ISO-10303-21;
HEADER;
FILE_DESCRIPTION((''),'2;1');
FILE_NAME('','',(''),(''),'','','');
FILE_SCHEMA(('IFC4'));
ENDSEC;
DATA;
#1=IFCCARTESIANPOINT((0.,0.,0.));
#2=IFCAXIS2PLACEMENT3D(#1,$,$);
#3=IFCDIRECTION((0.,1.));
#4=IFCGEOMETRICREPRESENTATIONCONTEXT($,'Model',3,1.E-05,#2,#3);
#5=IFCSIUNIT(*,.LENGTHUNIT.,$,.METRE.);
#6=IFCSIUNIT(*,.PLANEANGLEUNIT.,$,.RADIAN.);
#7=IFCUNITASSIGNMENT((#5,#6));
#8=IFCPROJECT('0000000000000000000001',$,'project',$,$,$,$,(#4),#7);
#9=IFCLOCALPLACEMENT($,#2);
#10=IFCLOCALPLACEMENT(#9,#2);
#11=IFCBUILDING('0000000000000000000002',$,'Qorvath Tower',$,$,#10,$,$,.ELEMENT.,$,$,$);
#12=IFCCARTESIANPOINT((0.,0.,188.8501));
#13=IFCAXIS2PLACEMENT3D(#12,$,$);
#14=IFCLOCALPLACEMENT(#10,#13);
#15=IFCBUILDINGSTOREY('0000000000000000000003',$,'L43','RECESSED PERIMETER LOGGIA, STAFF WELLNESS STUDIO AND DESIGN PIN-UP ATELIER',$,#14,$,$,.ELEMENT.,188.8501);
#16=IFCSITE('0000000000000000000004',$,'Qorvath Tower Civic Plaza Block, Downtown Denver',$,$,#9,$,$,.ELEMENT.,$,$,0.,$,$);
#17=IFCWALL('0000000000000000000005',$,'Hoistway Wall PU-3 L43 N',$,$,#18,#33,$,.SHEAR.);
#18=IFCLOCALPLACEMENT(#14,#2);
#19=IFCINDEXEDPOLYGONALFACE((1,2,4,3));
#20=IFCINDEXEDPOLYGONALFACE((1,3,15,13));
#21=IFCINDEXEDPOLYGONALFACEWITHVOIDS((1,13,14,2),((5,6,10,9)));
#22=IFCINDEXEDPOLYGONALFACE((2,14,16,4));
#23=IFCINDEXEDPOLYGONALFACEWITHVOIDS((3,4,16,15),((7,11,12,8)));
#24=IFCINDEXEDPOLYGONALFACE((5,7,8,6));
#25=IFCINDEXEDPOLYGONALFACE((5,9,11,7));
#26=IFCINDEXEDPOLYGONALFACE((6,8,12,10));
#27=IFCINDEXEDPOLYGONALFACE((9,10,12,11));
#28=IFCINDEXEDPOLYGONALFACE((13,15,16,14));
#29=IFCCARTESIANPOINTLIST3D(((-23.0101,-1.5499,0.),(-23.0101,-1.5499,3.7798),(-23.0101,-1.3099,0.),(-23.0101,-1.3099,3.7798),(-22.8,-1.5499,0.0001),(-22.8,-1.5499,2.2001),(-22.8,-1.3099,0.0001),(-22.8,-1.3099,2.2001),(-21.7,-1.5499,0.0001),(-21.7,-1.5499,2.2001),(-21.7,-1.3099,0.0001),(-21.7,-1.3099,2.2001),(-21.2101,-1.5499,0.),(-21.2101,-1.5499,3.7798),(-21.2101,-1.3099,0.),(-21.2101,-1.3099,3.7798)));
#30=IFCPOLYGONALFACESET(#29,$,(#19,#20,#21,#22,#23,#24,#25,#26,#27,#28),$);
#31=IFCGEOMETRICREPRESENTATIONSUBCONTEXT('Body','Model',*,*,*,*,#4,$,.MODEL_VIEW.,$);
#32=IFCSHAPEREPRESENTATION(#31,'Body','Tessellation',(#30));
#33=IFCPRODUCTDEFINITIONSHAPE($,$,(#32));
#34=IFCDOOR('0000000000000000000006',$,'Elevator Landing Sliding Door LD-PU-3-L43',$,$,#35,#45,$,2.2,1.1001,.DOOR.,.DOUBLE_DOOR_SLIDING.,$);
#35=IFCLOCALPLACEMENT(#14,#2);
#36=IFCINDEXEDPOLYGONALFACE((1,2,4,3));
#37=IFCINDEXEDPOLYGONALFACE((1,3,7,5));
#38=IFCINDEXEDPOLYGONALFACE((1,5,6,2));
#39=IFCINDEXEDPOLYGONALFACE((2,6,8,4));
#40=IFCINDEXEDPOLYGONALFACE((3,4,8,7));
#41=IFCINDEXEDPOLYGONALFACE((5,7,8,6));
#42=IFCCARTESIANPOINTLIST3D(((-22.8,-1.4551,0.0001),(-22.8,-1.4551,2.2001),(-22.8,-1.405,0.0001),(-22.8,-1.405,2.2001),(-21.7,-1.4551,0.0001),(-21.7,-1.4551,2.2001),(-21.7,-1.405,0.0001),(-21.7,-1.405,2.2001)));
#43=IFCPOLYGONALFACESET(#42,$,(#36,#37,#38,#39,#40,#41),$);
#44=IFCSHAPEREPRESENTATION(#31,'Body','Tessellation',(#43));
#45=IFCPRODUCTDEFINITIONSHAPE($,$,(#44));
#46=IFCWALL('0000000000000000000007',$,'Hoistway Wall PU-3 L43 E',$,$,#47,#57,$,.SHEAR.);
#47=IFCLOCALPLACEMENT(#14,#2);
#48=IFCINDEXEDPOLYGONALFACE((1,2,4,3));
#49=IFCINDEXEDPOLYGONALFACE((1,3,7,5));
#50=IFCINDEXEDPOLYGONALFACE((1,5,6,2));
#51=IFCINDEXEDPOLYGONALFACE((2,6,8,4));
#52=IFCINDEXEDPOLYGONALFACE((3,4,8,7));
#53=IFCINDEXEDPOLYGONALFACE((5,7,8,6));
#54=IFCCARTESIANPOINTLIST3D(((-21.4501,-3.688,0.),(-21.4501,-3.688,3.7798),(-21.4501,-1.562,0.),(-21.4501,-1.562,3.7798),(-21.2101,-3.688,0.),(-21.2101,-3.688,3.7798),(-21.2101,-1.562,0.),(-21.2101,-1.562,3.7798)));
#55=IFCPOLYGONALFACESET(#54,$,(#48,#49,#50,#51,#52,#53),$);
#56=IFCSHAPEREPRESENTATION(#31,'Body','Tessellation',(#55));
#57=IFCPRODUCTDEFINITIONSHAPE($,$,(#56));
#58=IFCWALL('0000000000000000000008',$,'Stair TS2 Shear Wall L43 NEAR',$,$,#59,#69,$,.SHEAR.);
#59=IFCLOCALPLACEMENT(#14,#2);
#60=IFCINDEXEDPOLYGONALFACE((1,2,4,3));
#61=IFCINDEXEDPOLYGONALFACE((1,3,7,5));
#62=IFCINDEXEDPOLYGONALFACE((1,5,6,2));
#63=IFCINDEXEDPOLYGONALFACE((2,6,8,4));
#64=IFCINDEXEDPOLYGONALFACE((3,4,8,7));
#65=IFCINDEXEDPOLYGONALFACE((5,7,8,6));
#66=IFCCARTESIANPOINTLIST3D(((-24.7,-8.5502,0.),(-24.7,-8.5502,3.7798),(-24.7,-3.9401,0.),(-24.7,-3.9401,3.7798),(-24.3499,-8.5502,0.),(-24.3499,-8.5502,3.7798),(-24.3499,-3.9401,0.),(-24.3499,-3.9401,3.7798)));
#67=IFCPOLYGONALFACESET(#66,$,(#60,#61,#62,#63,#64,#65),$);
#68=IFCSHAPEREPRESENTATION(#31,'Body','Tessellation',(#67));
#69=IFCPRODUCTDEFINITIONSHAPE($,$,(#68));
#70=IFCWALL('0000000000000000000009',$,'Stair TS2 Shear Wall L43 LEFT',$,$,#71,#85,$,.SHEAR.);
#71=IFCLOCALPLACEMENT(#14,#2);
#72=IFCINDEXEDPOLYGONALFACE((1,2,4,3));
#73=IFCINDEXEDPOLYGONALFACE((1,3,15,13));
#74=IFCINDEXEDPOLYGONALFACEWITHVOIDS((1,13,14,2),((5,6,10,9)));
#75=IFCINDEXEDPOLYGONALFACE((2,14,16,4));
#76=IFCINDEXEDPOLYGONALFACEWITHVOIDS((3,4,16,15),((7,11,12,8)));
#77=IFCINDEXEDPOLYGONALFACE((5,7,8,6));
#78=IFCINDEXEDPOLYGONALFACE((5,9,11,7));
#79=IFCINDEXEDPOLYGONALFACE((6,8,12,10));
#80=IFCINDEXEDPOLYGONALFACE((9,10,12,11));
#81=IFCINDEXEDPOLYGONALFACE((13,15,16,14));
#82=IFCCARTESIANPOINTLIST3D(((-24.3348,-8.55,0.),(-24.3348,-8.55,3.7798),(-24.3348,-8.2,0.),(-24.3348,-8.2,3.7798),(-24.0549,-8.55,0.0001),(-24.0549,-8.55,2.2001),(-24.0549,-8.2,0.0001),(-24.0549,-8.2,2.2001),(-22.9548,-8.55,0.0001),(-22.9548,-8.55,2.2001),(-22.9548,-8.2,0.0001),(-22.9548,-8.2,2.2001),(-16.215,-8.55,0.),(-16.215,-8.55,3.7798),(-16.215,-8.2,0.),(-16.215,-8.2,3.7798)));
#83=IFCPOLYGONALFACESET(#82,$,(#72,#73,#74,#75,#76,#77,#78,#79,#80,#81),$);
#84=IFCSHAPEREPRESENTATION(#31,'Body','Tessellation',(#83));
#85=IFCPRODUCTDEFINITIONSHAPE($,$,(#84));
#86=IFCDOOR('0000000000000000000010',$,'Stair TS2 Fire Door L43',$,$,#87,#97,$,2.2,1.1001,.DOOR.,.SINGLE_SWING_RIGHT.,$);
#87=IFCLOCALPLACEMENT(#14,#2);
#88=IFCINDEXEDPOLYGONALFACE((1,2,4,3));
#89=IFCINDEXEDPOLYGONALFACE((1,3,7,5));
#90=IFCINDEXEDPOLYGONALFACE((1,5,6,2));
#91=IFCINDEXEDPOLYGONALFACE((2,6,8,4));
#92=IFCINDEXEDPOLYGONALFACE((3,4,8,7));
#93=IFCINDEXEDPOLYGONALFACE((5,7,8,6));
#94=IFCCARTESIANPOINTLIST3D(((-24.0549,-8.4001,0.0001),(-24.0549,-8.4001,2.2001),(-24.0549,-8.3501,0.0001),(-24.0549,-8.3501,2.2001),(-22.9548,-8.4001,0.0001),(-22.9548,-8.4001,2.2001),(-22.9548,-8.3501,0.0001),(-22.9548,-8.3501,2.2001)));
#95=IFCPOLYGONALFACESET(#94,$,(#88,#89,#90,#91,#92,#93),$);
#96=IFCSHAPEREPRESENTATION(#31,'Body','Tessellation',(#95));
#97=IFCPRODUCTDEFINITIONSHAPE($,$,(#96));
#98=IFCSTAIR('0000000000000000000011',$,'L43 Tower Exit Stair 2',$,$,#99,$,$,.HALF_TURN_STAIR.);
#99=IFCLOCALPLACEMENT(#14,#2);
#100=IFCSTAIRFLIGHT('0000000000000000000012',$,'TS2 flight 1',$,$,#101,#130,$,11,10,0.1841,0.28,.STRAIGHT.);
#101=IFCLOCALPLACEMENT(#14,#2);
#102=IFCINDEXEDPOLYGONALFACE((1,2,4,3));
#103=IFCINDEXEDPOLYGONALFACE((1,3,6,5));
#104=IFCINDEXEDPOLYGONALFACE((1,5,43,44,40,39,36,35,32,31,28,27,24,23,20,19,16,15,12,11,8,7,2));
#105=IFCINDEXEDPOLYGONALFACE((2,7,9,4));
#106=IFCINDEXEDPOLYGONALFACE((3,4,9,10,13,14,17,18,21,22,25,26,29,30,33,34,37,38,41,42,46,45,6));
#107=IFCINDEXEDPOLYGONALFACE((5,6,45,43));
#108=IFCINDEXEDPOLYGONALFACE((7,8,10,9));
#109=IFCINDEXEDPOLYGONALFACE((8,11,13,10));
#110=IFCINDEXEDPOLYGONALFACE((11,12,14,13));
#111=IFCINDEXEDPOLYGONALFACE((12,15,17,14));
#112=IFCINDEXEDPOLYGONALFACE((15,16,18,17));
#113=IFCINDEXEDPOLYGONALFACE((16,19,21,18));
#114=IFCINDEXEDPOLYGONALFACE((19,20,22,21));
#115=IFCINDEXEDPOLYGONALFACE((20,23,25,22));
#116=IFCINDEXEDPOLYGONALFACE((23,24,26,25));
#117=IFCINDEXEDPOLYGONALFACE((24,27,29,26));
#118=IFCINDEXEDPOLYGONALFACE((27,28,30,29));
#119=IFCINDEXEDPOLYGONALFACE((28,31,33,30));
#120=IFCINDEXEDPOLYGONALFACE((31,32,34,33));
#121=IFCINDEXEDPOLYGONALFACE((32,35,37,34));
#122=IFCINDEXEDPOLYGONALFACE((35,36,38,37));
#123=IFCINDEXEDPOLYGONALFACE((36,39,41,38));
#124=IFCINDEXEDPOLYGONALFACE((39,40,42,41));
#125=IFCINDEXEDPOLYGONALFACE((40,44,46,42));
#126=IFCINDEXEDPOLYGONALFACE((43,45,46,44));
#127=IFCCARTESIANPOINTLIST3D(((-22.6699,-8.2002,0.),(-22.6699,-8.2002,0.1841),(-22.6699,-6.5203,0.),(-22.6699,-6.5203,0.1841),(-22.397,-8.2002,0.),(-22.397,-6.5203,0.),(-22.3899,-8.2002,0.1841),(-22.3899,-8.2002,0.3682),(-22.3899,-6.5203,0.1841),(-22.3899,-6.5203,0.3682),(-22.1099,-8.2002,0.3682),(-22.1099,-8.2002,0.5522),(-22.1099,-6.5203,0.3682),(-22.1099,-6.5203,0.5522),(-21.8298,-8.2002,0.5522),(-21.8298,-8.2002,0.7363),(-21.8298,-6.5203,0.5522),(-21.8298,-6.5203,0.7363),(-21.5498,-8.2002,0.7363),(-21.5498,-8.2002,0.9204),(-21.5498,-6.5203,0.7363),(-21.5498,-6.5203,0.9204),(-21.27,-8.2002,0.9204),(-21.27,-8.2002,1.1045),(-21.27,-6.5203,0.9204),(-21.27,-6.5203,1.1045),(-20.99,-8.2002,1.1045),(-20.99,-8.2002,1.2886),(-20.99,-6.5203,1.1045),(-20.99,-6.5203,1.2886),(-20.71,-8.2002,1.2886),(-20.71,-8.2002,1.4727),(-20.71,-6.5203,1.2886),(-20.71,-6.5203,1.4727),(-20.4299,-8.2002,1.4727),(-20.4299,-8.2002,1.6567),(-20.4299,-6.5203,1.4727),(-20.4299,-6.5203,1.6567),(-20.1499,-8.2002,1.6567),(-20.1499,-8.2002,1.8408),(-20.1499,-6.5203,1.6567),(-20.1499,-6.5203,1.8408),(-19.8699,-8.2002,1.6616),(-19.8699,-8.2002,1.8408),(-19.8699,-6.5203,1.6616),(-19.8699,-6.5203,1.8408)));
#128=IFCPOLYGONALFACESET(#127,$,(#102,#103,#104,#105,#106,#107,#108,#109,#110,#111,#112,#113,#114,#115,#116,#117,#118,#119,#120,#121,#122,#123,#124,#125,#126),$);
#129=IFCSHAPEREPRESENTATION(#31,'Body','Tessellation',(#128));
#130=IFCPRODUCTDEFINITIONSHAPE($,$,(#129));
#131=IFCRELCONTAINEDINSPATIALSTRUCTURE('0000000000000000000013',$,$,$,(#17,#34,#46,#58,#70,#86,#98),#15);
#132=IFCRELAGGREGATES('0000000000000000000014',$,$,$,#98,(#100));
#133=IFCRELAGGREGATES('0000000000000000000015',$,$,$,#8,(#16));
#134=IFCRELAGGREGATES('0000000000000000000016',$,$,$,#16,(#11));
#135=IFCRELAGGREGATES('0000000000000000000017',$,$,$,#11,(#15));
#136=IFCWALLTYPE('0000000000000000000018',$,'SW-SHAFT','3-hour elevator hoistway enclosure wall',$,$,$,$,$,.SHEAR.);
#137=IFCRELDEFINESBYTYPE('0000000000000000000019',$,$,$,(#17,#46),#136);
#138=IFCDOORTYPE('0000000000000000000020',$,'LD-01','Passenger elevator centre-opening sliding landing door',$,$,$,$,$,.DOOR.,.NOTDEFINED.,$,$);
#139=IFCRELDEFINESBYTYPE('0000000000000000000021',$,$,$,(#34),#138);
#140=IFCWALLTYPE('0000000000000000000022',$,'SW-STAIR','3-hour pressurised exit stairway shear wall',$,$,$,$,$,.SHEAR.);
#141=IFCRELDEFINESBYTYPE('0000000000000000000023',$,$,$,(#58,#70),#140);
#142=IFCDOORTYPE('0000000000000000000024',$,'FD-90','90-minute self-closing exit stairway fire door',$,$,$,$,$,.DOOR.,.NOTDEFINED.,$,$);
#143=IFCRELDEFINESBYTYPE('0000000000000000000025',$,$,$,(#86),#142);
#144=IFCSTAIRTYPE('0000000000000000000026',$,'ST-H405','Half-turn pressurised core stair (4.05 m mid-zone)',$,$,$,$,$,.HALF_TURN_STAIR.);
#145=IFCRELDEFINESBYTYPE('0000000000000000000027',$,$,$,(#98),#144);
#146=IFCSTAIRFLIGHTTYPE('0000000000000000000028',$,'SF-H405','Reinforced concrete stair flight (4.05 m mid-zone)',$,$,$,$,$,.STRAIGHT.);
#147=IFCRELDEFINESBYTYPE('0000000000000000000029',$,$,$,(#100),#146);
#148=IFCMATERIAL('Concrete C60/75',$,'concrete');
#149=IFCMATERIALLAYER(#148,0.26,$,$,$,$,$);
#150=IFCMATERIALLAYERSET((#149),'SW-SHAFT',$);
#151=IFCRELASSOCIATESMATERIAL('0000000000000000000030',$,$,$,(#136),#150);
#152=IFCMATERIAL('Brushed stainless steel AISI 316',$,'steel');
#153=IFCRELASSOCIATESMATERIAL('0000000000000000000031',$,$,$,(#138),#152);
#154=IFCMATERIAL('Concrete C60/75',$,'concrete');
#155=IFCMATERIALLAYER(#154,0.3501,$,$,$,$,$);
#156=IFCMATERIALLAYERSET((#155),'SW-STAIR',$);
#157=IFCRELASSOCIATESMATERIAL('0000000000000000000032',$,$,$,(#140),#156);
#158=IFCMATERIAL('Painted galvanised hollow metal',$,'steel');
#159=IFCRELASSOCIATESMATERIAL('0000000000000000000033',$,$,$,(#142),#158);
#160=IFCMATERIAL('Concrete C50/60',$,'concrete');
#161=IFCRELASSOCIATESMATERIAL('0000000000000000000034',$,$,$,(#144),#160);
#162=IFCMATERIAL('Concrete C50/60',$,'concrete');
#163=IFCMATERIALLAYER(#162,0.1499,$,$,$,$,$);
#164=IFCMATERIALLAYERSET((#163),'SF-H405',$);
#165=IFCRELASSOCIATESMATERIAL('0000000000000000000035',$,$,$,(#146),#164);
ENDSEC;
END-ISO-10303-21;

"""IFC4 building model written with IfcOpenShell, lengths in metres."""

from ifc_helpers import new_model, si_unit, direction, frame, frame_2d, origin, place, context, subcontext, project, spatial, polyline, rectangle, outline, extrude, material, layer, layer_set, type_object, element, fill, aggregate, save


model = new_model("IFC4")

# Units and contexts
model_context = context("Model", 3, precision=1e-05, world=origin(), true_north=direction((0.0, 1.0)))
body_context = subcontext(model_context, "Body", "Model", "MODEL_VIEW")
ifc_project = project(units=[si_unit("LENGTHUNIT", "METRE"), si_unit("PLANEANGLEUNIT", "RADIAN")], contexts=[model_context])

# Site, building, storey
site_placement = place(None, origin())
site = spatial("IfcSite", under=ifc_project, at=site_placement, Name="Qorvath Tower Civic Plaza Block, Downtown Denver", CompositionType="ELEMENT", RefElevation=0.0)
building_placement = place(site_placement, origin())
building = spatial("IfcBuilding", under=site, at=building_placement, Name="Qorvath Tower", CompositionType="ELEMENT")
storey_placement = place(building_placement, frame((0.0, 0.0, 188.8501)))
storey = spatial("IfcBuildingStorey", under=building, at=storey_placement, Name="L43", Description="RECESSED PERIMETER LOGGIA, STAFF WELLNESS STUDIO AND DESIGN PIN-UP ATELIER", CompositionType="ELEMENT", Elevation=188.8501)

# Shared definitions
ifc_material_1 = material(Name="Concrete C60/75", Category="concrete")
ifc_layer_1 = layer(ifc_material_1, 0.26)
ifc_layer_set_1 = layer_set([ifc_layer_1], Name="SW-SHAFT")
wall_type_1 = type_object("IfcWallType", Name="SW-SHAFT", Description="3-hour elevator hoistway enclosure wall", PredefinedType="SHEAR", material=ifc_layer_set_1)

# Shared definitions
ifc_material_2 = material(Name="Brushed stainless steel AISI 316", Category="steel")
door_type_1 = type_object("IfcDoorType", Name="LD-01", Description="Passenger elevator centre-opening sliding landing door", OperationType="NOTDEFINED", PredefinedType="DOOR", material=ifc_material_2)

# Wall, opening, door
wall_1_placement = place(storey_placement, frame((-23.01, -1.4299, 0.0), z_axis=(0.0, 0.0, 1.0), x_axis=(1.0, 0.0, 0.0)))
wall_1 = element("IfcWall", 1, at=wall_1_placement, inside=storey, type_object=wall_type_1, Name="Hoistway Wall PU-3 L43 N", PredefinedType="SHEAR", context=body_context, shape_type="SweptSolid", body=[
    extrude(rectangle(XDim=1.8, YDim=0.24, at=frame_2d((0.8999, 0.0))), origin(), (0.0, 0.0, 1.0), 3.7798),
])
opening_1_placement = place(wall_1_placement, frame((0.21, 0.0, 0.0)))
opening_1 = element("IfcOpeningElement", 2, at=opening_1_placement, cuts=wall_1, PredefinedType="OPENING", context=body_context, shape_type="SweptSolid", body=[
    extrude(rectangle(XDim=1.1001, YDim=2.2, at=frame_2d((0.55, 1.1001))), frame((0.0, 0.1299, 0.0), z_axis=(0.0, -1.0, 0.0), x_axis=(1.0, 0.0, 0.0)), (0.0, 0.0, 1.0), 0.26),
])
door_1_placement = place(opening_1_placement, origin())
door_1 = element("IfcDoor", 3, at=door_1_placement, inside=storey, type_object=door_type_1, Name="Elevator Landing Sliding Door LD-PU-3-L43", OperationType="DOUBLE_DOOR_SLIDING", OverallHeight=2.2, OverallWidth=1.1001, PredefinedType="DOOR", context=body_context, shape_type="SweptSolid", body=[
    extrude(rectangle(XDim=1.1001, YDim=2.2, at=frame_2d((0.55, 1.1001))), frame((0.0, 0.0249, 0.0), z_axis=(0.0, -1.0, 0.0), x_axis=(1.0, 0.0, 0.0)), (0.0, 0.0, 1.0), 0.05),
])
fill(opening_1, door_1)

# Walls
wall_2_placement = place(storey_placement, frame((-21.3301, -1.562, 0.0), z_axis=(0.0, 0.0, 1.0), x_axis=(0.0, -1.0, 0.0)))
element("IfcWall", 4, at=wall_2_placement, inside=storey, type_object=wall_type_1, Name="Hoistway Wall PU-3 L43 E", PredefinedType="SHEAR", context=body_context, shape_type="SweptSolid", body=[
    extrude(rectangle(XDim=2.126, YDim=0.24, at=frame_2d((1.063, 0.0))), origin(), (0.0, 0.0, 1.0), 3.7798),
])
ifc_material_3 = material(Name="Concrete C60/75", Category="concrete")
ifc_layer_2 = layer(ifc_material_3, 0.3501)
ifc_layer_set_2 = layer_set([ifc_layer_2], Name="SW-STAIR")
wall_type_2 = type_object("IfcWallType", Name="SW-STAIR", Description="3-hour pressurised exit stairway shear wall", PredefinedType="SHEAR", material=ifc_layer_set_2)
wall_3_placement = place(storey_placement, frame((-24.5249, -3.9399, 0.0), z_axis=(0.0, 0.0, 1.0), x_axis=(0.0, -1.0, 0.0)))
element("IfcWall", 5, at=wall_3_placement, inside=storey, type_object=wall_type_2, Name="Stair TS2 Shear Wall L43 NEAR", PredefinedType="SHEAR", context=body_context, shape_type="SweptSolid", body=[
    extrude(rectangle(XDim=4.6101, YDim=0.3501, at=frame_2d((2.3052, 0.0))), origin(), (0.0, 0.0, 1.0), 3.7798),
])

# Wall, opening, door
wall_4_placement = place(storey_placement, frame((-24.335, -8.375, 0.0), z_axis=(0.0, 0.0, 1.0), x_axis=(1.0, 0.0, 0.0)))
wall_4 = element("IfcWall", 6, at=wall_4_placement, inside=storey, type_object=wall_type_2, Name="Stair TS2 Shear Wall L43 LEFT", PredefinedType="SHEAR", context=body_context, shape_type="SweptSolid", body=[
    extrude(rectangle(XDim=8.1199, YDim=0.3501, at=frame_2d((4.0601, 0.0))), origin(), (0.0, 0.0, 1.0), 3.7798),
])
opening_2_placement = place(wall_4_placement, frame((0.28, 0.0, 0.0)))
opening_2 = element("IfcOpeningElement", 7, at=opening_2_placement, cuts=wall_4, PredefinedType="OPENING", context=body_context, shape_type="SweptSolid", body=[
    extrude(rectangle(XDim=1.1001, YDim=2.2, at=frame_2d((0.55, 1.1001))), frame((0.0, 0.1851, 0.0), z_axis=(0.0, -1.0, 0.0), x_axis=(1.0, 0.0, 0.0)), (0.0, 0.0, 1.0), 0.3701),
])
ifc_material_4 = material(Name="Painted galvanised hollow metal", Category="steel")
door_type_2 = type_object("IfcDoorType", Name="FD-90", Description="90-minute self-closing exit stairway fire door", OperationType="NOTDEFINED", PredefinedType="DOOR", material=ifc_material_4)
door_2_placement = place(opening_2_placement, origin())
door_2 = element("IfcDoor", 8, at=door_2_placement, inside=storey, type_object=door_type_2, Name="Stair TS2 Fire Door L43", OperationType="SINGLE_SWING_RIGHT", OverallHeight=2.2, OverallWidth=1.1001, PredefinedType="DOOR", context=body_context, shape_type="SweptSolid", body=[
    extrude(rectangle(XDim=1.1001, YDim=2.2, at=frame_2d((0.55, 1.1001))), frame((0.0, 0.0249, 0.0), z_axis=(0.0, -1.0, 0.0), x_axis=(1.0, 0.0, 0.0)), (0.0, 0.0, 1.0), 0.05),
])
fill(opening_2, door_2)

# Stair, stair flight
ifc_material_5 = material(Name="Concrete C50/60", Category="concrete")
stair_type = type_object("IfcStairType", Name="ST-H405", Description="Half-turn pressurised core stair (4.05 m mid-zone)", PredefinedType="HALF_TURN_STAIR", material=ifc_material_5)
stair_placement = place(storey_placement, origin())
stair = element("IfcStair", 9, at=stair_placement, inside=storey, type_object=stair_type, Name="L43 Tower Exit Stair 2", PredefinedType="HALF_TURN_STAIR")
ifc_material_6 = material(Name="Concrete C50/60", Category="concrete")
ifc_layer_3 = layer(ifc_material_6, 0.1499)
ifc_layer_set_3 = layer_set([ifc_layer_3], Name="SF-H405")
stair_flight_type = type_object("IfcStairFlightType", Name="SF-H405", Description="Reinforced concrete stair flight (4.05 m mid-zone)", PredefinedType="STRAIGHT", material=ifc_layer_set_3)
stair_flight_placement = place(storey_placement, frame((-22.6699, -7.3601, 0.0), z_axis=(0.0, 0.0, 1.0), x_axis=(1.0, 0.0, 0.0)))
stair_flight = element("IfcStairFlight", 10, at=stair_flight_placement, type_object=stair_flight_type, Name="TS2 flight 1", NumberOfRisers=11, NumberOfTreads=10, PredefinedType="STRAIGHT", RiserHeight=0.1841, TreadLength=0.28, context=body_context, shape_type="SweptSolid", body=[
    extrude(outline(polyline([(0.0, 0.0), (0.0, 0.1841), (0.28, 0.1841), (0.28, 0.3682), (0.5601, 0.3682), (0.5601, 0.5522), (0.8401, 0.5522), (0.8401, 0.7363), (1.1201, 0.7363), (1.1201, 0.9204), (1.3999, 0.9204), (1.3999, 1.1045), (1.6799, 1.1045), (1.6799, 1.2886), (1.96, 1.2886), (1.96, 1.4727), (2.24, 1.4727), (2.24, 1.6567), (2.52, 1.6567), (2.52, 1.8408), (2.8, 1.8408), (2.8, 2.0249), (2.8, 1.6616), (0.2729, 0.0), (0.0, 0.0)])), frame((0.0, 0.8398, 0.0), z_axis=(0.0, -1.0, 0.0), x_axis=(1.0, 0.0, 0.0)), (0.0, 0.0, 1.0), 1.6799),
])
aggregate(stair, [stair_flight])

save(model, "model.ifc")
